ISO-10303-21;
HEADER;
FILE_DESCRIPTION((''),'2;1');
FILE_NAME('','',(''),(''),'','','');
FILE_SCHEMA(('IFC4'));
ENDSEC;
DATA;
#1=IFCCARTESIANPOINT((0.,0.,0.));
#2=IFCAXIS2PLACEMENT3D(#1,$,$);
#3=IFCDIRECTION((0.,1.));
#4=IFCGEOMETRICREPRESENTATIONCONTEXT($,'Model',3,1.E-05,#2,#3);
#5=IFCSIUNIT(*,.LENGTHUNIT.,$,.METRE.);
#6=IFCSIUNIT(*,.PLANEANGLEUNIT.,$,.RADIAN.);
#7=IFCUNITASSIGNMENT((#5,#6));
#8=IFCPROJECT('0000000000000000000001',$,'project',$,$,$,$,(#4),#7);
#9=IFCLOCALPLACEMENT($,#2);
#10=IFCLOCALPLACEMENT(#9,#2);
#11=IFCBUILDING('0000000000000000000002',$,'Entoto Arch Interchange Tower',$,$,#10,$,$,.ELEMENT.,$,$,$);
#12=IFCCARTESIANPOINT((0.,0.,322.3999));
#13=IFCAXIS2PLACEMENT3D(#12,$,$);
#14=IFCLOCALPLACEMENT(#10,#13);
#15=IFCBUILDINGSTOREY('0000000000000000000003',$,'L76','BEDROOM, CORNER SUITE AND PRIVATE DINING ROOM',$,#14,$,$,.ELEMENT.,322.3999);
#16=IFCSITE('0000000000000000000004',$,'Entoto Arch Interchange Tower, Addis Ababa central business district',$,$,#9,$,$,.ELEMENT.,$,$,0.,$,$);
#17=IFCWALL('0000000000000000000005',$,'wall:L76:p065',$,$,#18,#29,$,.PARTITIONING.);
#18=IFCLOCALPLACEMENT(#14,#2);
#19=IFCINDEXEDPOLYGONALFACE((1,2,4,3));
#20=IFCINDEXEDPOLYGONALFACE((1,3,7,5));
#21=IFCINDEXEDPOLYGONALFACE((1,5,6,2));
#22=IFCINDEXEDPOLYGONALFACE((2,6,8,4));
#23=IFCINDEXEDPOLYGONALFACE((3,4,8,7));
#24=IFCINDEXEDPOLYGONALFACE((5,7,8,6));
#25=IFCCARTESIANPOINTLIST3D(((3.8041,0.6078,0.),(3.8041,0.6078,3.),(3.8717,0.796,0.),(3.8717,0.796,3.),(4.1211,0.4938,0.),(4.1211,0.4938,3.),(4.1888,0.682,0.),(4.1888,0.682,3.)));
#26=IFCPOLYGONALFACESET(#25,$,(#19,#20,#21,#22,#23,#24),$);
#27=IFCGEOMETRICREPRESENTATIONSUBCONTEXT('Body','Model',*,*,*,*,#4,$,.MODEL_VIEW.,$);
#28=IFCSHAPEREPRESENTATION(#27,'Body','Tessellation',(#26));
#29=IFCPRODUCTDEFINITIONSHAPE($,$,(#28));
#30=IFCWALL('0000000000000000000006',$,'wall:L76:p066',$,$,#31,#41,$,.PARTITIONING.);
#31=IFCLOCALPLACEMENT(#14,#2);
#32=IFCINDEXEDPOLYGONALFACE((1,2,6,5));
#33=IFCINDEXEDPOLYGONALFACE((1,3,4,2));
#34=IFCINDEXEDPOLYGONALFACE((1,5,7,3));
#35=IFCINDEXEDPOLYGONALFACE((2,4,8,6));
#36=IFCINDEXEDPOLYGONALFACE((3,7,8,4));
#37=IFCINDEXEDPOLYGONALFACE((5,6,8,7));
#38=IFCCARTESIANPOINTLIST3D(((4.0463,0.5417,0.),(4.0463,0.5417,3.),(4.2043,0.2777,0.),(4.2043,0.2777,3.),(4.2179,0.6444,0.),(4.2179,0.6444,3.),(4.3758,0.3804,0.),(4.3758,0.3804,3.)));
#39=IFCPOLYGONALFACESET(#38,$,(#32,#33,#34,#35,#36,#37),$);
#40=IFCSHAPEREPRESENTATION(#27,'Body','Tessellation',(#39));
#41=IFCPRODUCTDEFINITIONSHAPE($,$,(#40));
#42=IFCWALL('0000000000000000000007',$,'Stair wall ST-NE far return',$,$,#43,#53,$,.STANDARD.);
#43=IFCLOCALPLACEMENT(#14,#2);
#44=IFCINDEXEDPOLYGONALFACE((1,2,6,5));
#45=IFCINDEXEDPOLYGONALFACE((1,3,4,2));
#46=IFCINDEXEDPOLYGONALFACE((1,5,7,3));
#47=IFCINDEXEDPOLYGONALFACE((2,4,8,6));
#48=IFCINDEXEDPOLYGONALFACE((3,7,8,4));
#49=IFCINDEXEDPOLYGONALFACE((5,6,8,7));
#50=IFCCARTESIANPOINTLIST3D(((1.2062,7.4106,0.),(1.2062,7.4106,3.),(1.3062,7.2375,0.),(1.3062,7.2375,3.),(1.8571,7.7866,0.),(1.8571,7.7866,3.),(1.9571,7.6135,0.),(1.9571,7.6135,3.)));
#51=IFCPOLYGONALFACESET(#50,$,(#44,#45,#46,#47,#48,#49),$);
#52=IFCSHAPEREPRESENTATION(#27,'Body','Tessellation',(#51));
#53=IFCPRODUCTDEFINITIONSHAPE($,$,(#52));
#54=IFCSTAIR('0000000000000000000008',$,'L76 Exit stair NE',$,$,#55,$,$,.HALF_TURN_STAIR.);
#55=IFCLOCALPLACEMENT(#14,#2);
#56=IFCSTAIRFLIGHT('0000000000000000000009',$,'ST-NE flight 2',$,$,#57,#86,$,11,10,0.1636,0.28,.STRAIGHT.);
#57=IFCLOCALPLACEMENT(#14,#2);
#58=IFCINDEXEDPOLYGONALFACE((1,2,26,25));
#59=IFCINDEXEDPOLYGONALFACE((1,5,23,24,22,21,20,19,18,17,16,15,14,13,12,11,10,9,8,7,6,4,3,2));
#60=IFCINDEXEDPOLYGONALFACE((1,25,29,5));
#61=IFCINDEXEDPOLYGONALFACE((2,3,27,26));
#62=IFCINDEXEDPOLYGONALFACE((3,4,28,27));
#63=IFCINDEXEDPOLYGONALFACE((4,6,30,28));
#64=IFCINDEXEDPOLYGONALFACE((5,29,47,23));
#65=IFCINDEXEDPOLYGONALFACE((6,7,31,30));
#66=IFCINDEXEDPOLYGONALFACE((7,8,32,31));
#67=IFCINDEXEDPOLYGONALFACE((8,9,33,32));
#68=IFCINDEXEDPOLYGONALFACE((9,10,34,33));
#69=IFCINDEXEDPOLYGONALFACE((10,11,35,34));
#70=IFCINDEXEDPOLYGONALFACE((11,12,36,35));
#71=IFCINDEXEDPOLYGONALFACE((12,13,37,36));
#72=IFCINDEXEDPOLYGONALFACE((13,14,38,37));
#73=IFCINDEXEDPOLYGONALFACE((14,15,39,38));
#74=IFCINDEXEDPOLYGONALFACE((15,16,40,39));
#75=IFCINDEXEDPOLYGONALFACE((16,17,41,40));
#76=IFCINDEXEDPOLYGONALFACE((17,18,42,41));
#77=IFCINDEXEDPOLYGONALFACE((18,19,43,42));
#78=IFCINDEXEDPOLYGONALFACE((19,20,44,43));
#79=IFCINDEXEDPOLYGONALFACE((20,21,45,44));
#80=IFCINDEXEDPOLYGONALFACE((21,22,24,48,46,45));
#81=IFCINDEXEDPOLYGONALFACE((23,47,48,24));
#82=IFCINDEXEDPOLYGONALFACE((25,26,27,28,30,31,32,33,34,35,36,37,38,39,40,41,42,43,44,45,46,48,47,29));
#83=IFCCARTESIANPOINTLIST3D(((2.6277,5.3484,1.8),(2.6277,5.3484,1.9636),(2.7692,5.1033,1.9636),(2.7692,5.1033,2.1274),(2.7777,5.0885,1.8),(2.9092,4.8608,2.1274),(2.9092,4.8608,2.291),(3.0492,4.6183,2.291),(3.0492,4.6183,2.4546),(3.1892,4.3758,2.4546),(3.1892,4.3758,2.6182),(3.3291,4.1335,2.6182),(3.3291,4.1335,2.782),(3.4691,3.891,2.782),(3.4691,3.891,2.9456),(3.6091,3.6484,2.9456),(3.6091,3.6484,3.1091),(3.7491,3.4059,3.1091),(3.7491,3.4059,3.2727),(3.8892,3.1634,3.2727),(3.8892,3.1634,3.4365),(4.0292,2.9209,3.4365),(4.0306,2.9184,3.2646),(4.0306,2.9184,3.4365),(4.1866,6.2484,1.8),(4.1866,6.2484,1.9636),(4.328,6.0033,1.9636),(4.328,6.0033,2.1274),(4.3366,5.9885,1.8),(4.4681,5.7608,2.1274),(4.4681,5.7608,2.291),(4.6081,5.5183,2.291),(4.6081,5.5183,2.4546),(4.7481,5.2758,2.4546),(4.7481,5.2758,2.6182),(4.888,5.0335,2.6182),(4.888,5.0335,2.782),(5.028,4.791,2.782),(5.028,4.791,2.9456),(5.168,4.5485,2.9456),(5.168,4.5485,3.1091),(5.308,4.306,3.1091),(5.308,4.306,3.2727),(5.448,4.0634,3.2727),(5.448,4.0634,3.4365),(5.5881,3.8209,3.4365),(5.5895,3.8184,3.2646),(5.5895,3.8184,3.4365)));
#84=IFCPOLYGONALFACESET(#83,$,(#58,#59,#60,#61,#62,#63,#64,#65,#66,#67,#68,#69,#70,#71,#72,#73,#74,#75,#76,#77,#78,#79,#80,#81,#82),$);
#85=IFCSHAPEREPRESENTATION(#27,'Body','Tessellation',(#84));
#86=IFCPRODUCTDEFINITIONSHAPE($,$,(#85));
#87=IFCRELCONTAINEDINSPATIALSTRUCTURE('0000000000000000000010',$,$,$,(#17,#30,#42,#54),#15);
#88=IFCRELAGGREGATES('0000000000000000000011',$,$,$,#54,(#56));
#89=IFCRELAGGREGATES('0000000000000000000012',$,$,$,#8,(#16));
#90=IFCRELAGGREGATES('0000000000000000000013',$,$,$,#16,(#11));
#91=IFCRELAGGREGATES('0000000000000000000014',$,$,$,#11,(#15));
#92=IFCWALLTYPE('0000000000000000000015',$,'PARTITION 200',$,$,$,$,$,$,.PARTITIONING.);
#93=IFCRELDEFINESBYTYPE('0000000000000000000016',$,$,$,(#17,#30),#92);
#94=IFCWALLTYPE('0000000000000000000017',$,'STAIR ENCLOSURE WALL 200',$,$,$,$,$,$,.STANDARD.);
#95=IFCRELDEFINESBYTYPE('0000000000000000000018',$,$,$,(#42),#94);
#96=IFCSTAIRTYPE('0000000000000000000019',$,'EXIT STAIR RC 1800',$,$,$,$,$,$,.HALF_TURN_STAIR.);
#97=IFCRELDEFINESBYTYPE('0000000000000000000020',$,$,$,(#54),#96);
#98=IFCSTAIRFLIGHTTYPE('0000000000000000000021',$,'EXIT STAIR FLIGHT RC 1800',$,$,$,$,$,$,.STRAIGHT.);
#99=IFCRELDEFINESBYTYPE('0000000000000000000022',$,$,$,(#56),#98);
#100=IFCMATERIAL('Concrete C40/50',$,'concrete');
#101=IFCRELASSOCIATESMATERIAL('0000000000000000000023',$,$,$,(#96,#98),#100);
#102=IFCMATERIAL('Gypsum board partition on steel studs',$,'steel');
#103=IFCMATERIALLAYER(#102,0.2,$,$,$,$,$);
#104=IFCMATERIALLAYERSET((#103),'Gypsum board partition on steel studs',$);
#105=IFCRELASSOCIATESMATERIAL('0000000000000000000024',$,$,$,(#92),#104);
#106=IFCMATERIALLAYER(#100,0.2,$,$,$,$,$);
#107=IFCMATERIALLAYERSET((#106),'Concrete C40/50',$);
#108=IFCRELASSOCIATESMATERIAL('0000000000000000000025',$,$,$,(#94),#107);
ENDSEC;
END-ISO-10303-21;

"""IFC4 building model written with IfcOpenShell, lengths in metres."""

from ifc_helpers import new_model, si_unit, direction, frame, frame_2d, origin, place, context, subcontext, project, spatial, polyline, rectangle, outline, extrude, material, layer, layer_set, type_object, element, aggregate, save


model = new_model("IFC4")

# Units and contexts
model_context = context("Model", 3, precision=1e-05, world=origin(), true_north=direction((0.0, 1.0)))
body_context = subcontext(model_context, "Body", "Model", "MODEL_VIEW")
ifc_project = project(units=[si_unit("LENGTHUNIT", "METRE"), si_unit("PLANEANGLEUNIT", "RADIAN")], contexts=[model_context])

# Site, building, storey
site_placement = place(None, origin())
site = spatial("IfcSite", under=ifc_project, at=site_placement, Name="Entoto Arch Interchange Tower, Addis Ababa central business district", CompositionType="ELEMENT", RefElevation=0.0)
building_placement = place(site_placement, origin())
building = spatial("IfcBuilding", under=site, at=building_placement, Name="Entoto Arch Interchange Tower", CompositionType="ELEMENT")
storey_placement = place(building_placement, frame((0.0, 0.0, 322.3999)))
storey = spatial("IfcBuildingStorey", under=building, at=storey_placement, Name="L76", Description="BEDROOM, CORNER SUITE AND PRIVATE DINING ROOM", CompositionType="ELEMENT", Elevation=322.3999)

# Shared definitions
ifc_material_1 = material(Name="Concrete C40/50", Category="concrete")
stair_type = type_object("IfcStairType", Name="EXIT STAIR RC 1800", PredefinedType="HALF_TURN_STAIR", material=ifc_material_1)

# Shared definitions
ifc_material_2 = material(Name="Gypsum board partition on steel studs", Category="steel")
ifc_layer_1 = layer(ifc_material_2, 0.2)
ifc_layer_set_1 = layer_set([ifc_layer_1], Name="Gypsum board partition on steel studs")
wall_type_1 = type_object("IfcWallType", Name="PARTITION 200", PredefinedType="PARTITIONING", material=ifc_layer_set_1)

# Walls
wall_1_placement = place(storey_placement, frame((3.8379, 0.7019, 0.0), z_axis=(0.0, 0.0, 1.0), x_axis=(0.941035, -0.338309, 0.0)))
element("IfcWall", 1, at=wall_1_placement, inside=storey, type_object=wall_type_1, Name="wall:L76:p065", PredefinedType="PARTITIONING", context=body_context, shape_type="SweptSolid", body=[
    extrude(rectangle(XDim=0.3369, YDim=0.2, at=frame_2d((0.1685, 0.0))), origin(), (0.0, 0.0, 1.0), 3.0),
])
wall_2_placement = place(storey_placement, frame((4.1321, 0.593, 0.0), z_axis=(0.0, 0.0, 1.0), x_axis=(0.513562, -0.858053, 0.0)))
element("IfcWall", 2, at=wall_2_placement, inside=storey, type_object=wall_type_1, Name="wall:L76:p066", PredefinedType="PARTITIONING", context=body_context, shape_type="SweptSolid", body=[
    extrude(rectangle(XDim=0.3076, YDim=0.2, at=frame_2d((0.1538, 0.0))), origin(), (0.0, 0.0, 1.0), 3.0),
])
ifc_layer_2 = layer(ifc_material_1, 0.2)
ifc_layer_set_2 = layer_set([ifc_layer_2], Name="Concrete C40/50")
wall_type_2 = type_object("IfcWallType", Name="STAIR ENCLOSURE WALL 200", PredefinedType="STANDARD", material=ifc_layer_set_2)
wall_3_placement = place(storey_placement, frame((1.2561, 7.324, 0.0), z_axis=(0.0, 0.0, 1.0), x_axis=(0.865915, 0.500191, 0.0)))
element("IfcWall", 3, at=wall_3_placement, inside=storey, type_object=wall_type_2, Name="Stair wall ST-NE far return", PredefinedType="STANDARD", context=body_context, shape_type="SweptSolid", body=[
    extrude(rectangle(XDim=0.7517, YDim=0.2, at=frame_2d((0.376, 0.0))), origin(), (0.0, 0.0, 1.0), 3.0),
])

# Stair, stair flight
stair_1_placement = place(storey_placement, origin())
stair_1 = element("IfcStair", 4, at=stair_1_placement, inside=storey, type_object=stair_type, Name="L76 Exit stair NE", PredefinedType="HALF_TURN_STAIR")
stair_flight_type = type_object("IfcStairFlightType", Name="EXIT STAIR FLIGHT RC 1800", PredefinedType="STRAIGHT", material=ifc_material_1)
stair_flight_placement = place(storey_placement, frame((3.4087, 5.7959, 1.8), z_axis=(0.0, 0.0, 1.0), x_axis=(0.5, -0.866025, 0.0)))
stair_flight = element("IfcStairFlight", 5, at=stair_flight_placement, type_object=stair_flight_type, Name="ST-NE flight 2", NumberOfRisers=11, NumberOfTreads=10, PredefinedType="STRAIGHT", RiserHeight=0.1636, TreadLength=0.28, context=body_context, shape_type="SweptSolid", body=[
    extrude(outline(polyline([(-0.0029, 0.0), (-0.0029, 0.1636), (0.28, 0.1636), (0.28, 0.3274), (0.5601, 0.3274), (0.5601, 0.491), (0.8401, 0.491), (0.8401, 0.6545), (1.1201, 0.6545), (1.1201, 0.8181), (1.3999, 0.8181), (1.3999, 0.9819), (1.6799, 0.9819), (1.6799, 1.1455), (1.96, 1.1455), (1.96, 1.3091), (2.24, 1.3091), (2.24, 1.4727), (2.52, 1.4727), (2.52, 1.6365), (2.8, 1.6365), (2.803, 1.6365), (2.803, 1.4646), (0.2971, 0.0), (-0.0029, 0.0)])), frame((0.0, 0.8999, 0.0), z_axis=(0.0, -1.0, 0.0), x_axis=(1.0, 0.0, 0.0)), (0.0, 0.0, 1.0), 1.8),
])
aggregate(stair_1, [stair_flight])

save(model, "model.ifc")
